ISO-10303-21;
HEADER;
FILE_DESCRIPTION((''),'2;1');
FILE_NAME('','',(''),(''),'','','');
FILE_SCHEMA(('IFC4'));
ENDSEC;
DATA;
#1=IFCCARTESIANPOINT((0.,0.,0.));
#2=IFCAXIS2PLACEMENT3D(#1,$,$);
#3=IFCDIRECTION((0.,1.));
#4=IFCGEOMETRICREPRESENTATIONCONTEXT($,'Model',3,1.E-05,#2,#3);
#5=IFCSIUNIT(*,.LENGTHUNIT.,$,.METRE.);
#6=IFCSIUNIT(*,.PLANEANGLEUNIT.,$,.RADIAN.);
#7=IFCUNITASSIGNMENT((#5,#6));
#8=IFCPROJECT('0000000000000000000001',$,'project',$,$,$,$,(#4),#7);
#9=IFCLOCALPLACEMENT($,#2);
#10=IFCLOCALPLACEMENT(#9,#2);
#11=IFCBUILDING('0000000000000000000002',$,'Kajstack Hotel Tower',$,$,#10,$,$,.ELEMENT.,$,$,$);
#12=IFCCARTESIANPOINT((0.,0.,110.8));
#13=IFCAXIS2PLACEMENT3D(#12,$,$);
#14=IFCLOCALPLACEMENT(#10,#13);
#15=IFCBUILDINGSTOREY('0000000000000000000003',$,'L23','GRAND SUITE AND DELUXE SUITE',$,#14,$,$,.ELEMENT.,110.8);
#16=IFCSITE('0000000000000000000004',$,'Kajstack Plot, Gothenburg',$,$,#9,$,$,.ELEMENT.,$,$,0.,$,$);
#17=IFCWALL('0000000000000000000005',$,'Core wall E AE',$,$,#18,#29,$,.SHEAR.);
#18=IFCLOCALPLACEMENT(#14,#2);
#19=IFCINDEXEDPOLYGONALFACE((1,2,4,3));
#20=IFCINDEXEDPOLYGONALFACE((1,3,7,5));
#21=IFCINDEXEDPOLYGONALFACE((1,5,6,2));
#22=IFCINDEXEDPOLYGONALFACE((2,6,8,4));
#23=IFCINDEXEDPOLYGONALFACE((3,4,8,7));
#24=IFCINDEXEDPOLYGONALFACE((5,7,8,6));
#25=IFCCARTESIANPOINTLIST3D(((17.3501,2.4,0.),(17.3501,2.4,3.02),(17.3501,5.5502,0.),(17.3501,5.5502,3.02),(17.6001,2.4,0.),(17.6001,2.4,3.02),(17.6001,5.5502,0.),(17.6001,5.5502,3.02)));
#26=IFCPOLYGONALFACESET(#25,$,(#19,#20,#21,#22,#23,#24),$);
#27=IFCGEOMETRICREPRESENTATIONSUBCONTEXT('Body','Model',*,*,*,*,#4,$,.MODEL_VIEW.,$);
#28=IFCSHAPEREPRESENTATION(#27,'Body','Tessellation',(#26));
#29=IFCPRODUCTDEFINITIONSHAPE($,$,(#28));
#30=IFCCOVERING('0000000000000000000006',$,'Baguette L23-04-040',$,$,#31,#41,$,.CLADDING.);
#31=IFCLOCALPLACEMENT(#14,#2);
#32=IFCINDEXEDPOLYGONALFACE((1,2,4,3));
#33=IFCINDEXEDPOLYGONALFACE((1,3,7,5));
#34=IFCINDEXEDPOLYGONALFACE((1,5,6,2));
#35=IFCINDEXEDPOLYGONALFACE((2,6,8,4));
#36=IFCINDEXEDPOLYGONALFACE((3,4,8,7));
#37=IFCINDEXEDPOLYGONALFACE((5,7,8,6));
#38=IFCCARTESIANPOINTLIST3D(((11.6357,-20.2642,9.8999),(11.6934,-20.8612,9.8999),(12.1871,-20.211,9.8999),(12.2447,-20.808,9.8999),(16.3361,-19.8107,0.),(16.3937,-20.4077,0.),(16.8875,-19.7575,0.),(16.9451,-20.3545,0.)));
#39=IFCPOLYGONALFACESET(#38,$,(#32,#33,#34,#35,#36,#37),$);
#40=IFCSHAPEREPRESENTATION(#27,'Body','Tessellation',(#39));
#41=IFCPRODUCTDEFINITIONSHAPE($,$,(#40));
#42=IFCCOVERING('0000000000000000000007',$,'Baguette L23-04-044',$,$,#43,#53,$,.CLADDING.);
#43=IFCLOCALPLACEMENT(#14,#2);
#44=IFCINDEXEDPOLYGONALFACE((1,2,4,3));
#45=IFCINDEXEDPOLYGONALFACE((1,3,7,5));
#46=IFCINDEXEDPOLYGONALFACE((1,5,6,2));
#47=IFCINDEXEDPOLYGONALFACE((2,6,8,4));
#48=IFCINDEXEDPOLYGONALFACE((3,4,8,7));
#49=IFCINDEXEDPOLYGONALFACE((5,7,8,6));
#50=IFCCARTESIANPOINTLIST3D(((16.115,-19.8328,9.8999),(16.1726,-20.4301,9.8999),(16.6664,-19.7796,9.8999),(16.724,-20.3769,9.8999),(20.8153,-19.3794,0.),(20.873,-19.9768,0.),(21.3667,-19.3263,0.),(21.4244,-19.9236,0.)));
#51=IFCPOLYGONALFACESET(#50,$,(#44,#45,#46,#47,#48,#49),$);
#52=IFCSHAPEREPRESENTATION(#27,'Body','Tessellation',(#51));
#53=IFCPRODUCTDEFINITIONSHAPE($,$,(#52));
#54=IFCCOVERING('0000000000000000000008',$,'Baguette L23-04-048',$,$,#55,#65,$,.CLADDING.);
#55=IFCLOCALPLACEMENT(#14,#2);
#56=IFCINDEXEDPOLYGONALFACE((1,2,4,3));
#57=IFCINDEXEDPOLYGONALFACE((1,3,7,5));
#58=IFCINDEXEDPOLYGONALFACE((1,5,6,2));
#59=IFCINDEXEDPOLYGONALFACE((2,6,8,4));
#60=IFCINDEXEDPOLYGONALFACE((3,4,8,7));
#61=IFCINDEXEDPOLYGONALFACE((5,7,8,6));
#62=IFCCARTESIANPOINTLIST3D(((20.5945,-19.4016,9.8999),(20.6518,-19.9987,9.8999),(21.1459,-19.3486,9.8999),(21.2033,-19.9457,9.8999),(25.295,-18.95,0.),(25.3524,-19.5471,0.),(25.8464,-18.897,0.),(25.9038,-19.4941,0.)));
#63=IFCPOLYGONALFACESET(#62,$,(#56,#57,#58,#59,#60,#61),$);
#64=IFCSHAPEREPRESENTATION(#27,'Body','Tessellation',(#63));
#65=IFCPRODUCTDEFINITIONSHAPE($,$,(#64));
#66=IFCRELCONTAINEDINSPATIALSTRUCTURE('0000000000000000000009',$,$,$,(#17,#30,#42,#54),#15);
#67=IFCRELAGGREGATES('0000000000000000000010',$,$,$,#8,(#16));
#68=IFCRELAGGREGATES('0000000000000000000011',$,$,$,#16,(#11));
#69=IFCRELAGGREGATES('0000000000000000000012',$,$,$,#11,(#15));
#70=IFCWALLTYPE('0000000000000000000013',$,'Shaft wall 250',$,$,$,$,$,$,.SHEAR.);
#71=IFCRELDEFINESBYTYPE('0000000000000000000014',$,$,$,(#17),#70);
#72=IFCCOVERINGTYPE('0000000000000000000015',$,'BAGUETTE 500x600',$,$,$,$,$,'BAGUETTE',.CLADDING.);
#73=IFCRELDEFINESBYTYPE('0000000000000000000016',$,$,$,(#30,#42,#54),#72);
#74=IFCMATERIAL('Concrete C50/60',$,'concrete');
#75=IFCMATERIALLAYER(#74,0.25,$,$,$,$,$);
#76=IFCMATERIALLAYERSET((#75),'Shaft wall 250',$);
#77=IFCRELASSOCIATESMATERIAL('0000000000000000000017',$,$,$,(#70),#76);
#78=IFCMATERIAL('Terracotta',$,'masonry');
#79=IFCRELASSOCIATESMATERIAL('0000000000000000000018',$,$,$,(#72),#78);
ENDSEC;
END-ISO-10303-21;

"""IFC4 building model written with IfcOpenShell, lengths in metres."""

from ifc_helpers import new_model, si_unit, direction, frame, frame_2d, origin, origin_2d, place, context, subcontext, project, spatial, polyline, rectangle, outline, extrude, material, layer, layer_set, material_profile, profile_set, type_object, element, save


model = new_model("IFC4")

# Units and contexts
model_context = context("Model", 3, precision=1e-05, world=origin(), true_north=direction((0.0, 1.0)))
body_context = subcontext(model_context, "Body", "Model", "MODEL_VIEW")
ifc_project = project(units=[si_unit("LENGTHUNIT", "METRE"), si_unit("PLANEANGLEUNIT", "RADIAN")], contexts=[model_context])

# Site, building, storey
site_placement = place(None, origin())
site = spatial("IfcSite", under=ifc_project, at=site_placement, Name="Kajstack Plot, Gothenburg", CompositionType="ELEMENT", RefElevation=0.0)
building_placement = place(site_placement, origin())
building = spatial("IfcBuilding", under=site, at=building_placement, Name="Kajstack Hotel Tower", CompositionType="ELEMENT")
storey_placement = place(building_placement, frame((0.0, 0.0, 110.8)))
storey = spatial("IfcBuildingStorey", under=building, at=storey_placement, Name="L23", Description="GRAND SUITE AND DELUXE SUITE", CompositionType="ELEMENT", Elevation=110.8)

# Wall
ifc_material_1 = material(Name="Concrete C50/60", Category="concrete")
ifc_layer_1 = layer(ifc_material_1, 0.25)
ifc_layer_set_1 = layer_set([ifc_layer_1], Name="Shaft wall 250")
wall_type_1 = type_object("IfcWallType", Name="Shaft wall 250", PredefinedType="SHEAR", material=ifc_layer_set_1)
wall_1_placement = place(storey_placement, frame((17.4751, 2.3999, 0.0), z_axis=(0.0, 0.0, 1.0), x_axis=(0.0, 1.0, 0.0)))
element("IfcWall", 1, at=wall_1_placement, inside=storey, type_object=wall_type_1, Name="Core wall E AE", PredefinedType="SHEAR", context=body_context, shape_type="SweptSolid", body=[
    extrude(rectangle(XDim=3.1501, YDim=0.25, at=frame_2d((1.5752, 0.0))), origin(), (0.0, 0.0, 1.0), 3.02),
])

# Coverings
ifc_material_2 = material(Name="Terracotta", Category="masonry")
ifc_material_profile = material_profile(ifc_material_2, rectangle(XDim=0.6001, YDim=0.5, at=origin_2d()), Name="Terracotta-clad concrete baguette 500 x 600")
ifc_profile_set = profile_set([ifc_material_profile], Name="Terracotta")
covering_type = type_object("IfcCoveringType", Name="BAGUETTE 500x600", ElementType="BAGUETTE", PredefinedType="CLADDING", material=ifc_profile_set)
covering_1_placement = place(storey_placement, frame((11.6357, -20.2642, 0.0), z_axis=(0.096038, -0.995378, 0.0), x_axis=(0.995378, 0.096038, 0.0)))
element("IfcCovering", 2, at=covering_1_placement, inside=storey, type_object=covering_type, Name="Baguette L23-04-040", PredefinedType="CLADDING", context=body_context, shape_type="SweptSolid", body=[
    extrude(outline(polyline([(0.0, 9.8999), (4.7222, 0.0), (5.2761, 0.0), (0.554, 9.8999), (0.0, 9.8999)])), origin(), (0.0, 0.0, 1.0), 0.5999),
])
covering_2_placement = place(storey_placement, frame((16.115, -19.8328, 0.0), z_axis=(0.095999, -0.995381, 0.0), x_axis=(0.995381, 0.095999, 0.0)))
element("IfcCovering", 3, at=covering_2_placement, inside=storey, type_object=covering_type, Name="Baguette L23-04-044", PredefinedType="CLADDING", context=body_context, shape_type="SweptSolid", body=[
    extrude(outline(polyline([(0.0, 9.8999), (4.7222, 0.0), (5.2761, 0.0), (0.554, 9.8999), (0.0, 9.8999)])), origin(), (0.0, 0.0, 1.0), 0.6001),
])
covering_3_placement = place(storey_placement, frame((20.5945, -19.4016, 0.0), z_axis=(0.095635, -0.995416, 0.0), x_axis=(0.995416, 0.095635, 0.0)))
element("IfcCovering", 4, at=covering_3_placement, inside=storey, type_object=covering_type, Name="Baguette L23-04-048", PredefinedType="CLADDING", context=body_context, shape_type="SweptSolid", body=[
    extrude(outline(polyline([(0.0, 9.8999), (4.7222, 0.0), (5.2761, 0.0), (0.554, 9.8999), (0.0, 9.8999)])), origin(), (0.0, 0.0, 1.0), 0.5999),
])

save(model, "model.ifc")
